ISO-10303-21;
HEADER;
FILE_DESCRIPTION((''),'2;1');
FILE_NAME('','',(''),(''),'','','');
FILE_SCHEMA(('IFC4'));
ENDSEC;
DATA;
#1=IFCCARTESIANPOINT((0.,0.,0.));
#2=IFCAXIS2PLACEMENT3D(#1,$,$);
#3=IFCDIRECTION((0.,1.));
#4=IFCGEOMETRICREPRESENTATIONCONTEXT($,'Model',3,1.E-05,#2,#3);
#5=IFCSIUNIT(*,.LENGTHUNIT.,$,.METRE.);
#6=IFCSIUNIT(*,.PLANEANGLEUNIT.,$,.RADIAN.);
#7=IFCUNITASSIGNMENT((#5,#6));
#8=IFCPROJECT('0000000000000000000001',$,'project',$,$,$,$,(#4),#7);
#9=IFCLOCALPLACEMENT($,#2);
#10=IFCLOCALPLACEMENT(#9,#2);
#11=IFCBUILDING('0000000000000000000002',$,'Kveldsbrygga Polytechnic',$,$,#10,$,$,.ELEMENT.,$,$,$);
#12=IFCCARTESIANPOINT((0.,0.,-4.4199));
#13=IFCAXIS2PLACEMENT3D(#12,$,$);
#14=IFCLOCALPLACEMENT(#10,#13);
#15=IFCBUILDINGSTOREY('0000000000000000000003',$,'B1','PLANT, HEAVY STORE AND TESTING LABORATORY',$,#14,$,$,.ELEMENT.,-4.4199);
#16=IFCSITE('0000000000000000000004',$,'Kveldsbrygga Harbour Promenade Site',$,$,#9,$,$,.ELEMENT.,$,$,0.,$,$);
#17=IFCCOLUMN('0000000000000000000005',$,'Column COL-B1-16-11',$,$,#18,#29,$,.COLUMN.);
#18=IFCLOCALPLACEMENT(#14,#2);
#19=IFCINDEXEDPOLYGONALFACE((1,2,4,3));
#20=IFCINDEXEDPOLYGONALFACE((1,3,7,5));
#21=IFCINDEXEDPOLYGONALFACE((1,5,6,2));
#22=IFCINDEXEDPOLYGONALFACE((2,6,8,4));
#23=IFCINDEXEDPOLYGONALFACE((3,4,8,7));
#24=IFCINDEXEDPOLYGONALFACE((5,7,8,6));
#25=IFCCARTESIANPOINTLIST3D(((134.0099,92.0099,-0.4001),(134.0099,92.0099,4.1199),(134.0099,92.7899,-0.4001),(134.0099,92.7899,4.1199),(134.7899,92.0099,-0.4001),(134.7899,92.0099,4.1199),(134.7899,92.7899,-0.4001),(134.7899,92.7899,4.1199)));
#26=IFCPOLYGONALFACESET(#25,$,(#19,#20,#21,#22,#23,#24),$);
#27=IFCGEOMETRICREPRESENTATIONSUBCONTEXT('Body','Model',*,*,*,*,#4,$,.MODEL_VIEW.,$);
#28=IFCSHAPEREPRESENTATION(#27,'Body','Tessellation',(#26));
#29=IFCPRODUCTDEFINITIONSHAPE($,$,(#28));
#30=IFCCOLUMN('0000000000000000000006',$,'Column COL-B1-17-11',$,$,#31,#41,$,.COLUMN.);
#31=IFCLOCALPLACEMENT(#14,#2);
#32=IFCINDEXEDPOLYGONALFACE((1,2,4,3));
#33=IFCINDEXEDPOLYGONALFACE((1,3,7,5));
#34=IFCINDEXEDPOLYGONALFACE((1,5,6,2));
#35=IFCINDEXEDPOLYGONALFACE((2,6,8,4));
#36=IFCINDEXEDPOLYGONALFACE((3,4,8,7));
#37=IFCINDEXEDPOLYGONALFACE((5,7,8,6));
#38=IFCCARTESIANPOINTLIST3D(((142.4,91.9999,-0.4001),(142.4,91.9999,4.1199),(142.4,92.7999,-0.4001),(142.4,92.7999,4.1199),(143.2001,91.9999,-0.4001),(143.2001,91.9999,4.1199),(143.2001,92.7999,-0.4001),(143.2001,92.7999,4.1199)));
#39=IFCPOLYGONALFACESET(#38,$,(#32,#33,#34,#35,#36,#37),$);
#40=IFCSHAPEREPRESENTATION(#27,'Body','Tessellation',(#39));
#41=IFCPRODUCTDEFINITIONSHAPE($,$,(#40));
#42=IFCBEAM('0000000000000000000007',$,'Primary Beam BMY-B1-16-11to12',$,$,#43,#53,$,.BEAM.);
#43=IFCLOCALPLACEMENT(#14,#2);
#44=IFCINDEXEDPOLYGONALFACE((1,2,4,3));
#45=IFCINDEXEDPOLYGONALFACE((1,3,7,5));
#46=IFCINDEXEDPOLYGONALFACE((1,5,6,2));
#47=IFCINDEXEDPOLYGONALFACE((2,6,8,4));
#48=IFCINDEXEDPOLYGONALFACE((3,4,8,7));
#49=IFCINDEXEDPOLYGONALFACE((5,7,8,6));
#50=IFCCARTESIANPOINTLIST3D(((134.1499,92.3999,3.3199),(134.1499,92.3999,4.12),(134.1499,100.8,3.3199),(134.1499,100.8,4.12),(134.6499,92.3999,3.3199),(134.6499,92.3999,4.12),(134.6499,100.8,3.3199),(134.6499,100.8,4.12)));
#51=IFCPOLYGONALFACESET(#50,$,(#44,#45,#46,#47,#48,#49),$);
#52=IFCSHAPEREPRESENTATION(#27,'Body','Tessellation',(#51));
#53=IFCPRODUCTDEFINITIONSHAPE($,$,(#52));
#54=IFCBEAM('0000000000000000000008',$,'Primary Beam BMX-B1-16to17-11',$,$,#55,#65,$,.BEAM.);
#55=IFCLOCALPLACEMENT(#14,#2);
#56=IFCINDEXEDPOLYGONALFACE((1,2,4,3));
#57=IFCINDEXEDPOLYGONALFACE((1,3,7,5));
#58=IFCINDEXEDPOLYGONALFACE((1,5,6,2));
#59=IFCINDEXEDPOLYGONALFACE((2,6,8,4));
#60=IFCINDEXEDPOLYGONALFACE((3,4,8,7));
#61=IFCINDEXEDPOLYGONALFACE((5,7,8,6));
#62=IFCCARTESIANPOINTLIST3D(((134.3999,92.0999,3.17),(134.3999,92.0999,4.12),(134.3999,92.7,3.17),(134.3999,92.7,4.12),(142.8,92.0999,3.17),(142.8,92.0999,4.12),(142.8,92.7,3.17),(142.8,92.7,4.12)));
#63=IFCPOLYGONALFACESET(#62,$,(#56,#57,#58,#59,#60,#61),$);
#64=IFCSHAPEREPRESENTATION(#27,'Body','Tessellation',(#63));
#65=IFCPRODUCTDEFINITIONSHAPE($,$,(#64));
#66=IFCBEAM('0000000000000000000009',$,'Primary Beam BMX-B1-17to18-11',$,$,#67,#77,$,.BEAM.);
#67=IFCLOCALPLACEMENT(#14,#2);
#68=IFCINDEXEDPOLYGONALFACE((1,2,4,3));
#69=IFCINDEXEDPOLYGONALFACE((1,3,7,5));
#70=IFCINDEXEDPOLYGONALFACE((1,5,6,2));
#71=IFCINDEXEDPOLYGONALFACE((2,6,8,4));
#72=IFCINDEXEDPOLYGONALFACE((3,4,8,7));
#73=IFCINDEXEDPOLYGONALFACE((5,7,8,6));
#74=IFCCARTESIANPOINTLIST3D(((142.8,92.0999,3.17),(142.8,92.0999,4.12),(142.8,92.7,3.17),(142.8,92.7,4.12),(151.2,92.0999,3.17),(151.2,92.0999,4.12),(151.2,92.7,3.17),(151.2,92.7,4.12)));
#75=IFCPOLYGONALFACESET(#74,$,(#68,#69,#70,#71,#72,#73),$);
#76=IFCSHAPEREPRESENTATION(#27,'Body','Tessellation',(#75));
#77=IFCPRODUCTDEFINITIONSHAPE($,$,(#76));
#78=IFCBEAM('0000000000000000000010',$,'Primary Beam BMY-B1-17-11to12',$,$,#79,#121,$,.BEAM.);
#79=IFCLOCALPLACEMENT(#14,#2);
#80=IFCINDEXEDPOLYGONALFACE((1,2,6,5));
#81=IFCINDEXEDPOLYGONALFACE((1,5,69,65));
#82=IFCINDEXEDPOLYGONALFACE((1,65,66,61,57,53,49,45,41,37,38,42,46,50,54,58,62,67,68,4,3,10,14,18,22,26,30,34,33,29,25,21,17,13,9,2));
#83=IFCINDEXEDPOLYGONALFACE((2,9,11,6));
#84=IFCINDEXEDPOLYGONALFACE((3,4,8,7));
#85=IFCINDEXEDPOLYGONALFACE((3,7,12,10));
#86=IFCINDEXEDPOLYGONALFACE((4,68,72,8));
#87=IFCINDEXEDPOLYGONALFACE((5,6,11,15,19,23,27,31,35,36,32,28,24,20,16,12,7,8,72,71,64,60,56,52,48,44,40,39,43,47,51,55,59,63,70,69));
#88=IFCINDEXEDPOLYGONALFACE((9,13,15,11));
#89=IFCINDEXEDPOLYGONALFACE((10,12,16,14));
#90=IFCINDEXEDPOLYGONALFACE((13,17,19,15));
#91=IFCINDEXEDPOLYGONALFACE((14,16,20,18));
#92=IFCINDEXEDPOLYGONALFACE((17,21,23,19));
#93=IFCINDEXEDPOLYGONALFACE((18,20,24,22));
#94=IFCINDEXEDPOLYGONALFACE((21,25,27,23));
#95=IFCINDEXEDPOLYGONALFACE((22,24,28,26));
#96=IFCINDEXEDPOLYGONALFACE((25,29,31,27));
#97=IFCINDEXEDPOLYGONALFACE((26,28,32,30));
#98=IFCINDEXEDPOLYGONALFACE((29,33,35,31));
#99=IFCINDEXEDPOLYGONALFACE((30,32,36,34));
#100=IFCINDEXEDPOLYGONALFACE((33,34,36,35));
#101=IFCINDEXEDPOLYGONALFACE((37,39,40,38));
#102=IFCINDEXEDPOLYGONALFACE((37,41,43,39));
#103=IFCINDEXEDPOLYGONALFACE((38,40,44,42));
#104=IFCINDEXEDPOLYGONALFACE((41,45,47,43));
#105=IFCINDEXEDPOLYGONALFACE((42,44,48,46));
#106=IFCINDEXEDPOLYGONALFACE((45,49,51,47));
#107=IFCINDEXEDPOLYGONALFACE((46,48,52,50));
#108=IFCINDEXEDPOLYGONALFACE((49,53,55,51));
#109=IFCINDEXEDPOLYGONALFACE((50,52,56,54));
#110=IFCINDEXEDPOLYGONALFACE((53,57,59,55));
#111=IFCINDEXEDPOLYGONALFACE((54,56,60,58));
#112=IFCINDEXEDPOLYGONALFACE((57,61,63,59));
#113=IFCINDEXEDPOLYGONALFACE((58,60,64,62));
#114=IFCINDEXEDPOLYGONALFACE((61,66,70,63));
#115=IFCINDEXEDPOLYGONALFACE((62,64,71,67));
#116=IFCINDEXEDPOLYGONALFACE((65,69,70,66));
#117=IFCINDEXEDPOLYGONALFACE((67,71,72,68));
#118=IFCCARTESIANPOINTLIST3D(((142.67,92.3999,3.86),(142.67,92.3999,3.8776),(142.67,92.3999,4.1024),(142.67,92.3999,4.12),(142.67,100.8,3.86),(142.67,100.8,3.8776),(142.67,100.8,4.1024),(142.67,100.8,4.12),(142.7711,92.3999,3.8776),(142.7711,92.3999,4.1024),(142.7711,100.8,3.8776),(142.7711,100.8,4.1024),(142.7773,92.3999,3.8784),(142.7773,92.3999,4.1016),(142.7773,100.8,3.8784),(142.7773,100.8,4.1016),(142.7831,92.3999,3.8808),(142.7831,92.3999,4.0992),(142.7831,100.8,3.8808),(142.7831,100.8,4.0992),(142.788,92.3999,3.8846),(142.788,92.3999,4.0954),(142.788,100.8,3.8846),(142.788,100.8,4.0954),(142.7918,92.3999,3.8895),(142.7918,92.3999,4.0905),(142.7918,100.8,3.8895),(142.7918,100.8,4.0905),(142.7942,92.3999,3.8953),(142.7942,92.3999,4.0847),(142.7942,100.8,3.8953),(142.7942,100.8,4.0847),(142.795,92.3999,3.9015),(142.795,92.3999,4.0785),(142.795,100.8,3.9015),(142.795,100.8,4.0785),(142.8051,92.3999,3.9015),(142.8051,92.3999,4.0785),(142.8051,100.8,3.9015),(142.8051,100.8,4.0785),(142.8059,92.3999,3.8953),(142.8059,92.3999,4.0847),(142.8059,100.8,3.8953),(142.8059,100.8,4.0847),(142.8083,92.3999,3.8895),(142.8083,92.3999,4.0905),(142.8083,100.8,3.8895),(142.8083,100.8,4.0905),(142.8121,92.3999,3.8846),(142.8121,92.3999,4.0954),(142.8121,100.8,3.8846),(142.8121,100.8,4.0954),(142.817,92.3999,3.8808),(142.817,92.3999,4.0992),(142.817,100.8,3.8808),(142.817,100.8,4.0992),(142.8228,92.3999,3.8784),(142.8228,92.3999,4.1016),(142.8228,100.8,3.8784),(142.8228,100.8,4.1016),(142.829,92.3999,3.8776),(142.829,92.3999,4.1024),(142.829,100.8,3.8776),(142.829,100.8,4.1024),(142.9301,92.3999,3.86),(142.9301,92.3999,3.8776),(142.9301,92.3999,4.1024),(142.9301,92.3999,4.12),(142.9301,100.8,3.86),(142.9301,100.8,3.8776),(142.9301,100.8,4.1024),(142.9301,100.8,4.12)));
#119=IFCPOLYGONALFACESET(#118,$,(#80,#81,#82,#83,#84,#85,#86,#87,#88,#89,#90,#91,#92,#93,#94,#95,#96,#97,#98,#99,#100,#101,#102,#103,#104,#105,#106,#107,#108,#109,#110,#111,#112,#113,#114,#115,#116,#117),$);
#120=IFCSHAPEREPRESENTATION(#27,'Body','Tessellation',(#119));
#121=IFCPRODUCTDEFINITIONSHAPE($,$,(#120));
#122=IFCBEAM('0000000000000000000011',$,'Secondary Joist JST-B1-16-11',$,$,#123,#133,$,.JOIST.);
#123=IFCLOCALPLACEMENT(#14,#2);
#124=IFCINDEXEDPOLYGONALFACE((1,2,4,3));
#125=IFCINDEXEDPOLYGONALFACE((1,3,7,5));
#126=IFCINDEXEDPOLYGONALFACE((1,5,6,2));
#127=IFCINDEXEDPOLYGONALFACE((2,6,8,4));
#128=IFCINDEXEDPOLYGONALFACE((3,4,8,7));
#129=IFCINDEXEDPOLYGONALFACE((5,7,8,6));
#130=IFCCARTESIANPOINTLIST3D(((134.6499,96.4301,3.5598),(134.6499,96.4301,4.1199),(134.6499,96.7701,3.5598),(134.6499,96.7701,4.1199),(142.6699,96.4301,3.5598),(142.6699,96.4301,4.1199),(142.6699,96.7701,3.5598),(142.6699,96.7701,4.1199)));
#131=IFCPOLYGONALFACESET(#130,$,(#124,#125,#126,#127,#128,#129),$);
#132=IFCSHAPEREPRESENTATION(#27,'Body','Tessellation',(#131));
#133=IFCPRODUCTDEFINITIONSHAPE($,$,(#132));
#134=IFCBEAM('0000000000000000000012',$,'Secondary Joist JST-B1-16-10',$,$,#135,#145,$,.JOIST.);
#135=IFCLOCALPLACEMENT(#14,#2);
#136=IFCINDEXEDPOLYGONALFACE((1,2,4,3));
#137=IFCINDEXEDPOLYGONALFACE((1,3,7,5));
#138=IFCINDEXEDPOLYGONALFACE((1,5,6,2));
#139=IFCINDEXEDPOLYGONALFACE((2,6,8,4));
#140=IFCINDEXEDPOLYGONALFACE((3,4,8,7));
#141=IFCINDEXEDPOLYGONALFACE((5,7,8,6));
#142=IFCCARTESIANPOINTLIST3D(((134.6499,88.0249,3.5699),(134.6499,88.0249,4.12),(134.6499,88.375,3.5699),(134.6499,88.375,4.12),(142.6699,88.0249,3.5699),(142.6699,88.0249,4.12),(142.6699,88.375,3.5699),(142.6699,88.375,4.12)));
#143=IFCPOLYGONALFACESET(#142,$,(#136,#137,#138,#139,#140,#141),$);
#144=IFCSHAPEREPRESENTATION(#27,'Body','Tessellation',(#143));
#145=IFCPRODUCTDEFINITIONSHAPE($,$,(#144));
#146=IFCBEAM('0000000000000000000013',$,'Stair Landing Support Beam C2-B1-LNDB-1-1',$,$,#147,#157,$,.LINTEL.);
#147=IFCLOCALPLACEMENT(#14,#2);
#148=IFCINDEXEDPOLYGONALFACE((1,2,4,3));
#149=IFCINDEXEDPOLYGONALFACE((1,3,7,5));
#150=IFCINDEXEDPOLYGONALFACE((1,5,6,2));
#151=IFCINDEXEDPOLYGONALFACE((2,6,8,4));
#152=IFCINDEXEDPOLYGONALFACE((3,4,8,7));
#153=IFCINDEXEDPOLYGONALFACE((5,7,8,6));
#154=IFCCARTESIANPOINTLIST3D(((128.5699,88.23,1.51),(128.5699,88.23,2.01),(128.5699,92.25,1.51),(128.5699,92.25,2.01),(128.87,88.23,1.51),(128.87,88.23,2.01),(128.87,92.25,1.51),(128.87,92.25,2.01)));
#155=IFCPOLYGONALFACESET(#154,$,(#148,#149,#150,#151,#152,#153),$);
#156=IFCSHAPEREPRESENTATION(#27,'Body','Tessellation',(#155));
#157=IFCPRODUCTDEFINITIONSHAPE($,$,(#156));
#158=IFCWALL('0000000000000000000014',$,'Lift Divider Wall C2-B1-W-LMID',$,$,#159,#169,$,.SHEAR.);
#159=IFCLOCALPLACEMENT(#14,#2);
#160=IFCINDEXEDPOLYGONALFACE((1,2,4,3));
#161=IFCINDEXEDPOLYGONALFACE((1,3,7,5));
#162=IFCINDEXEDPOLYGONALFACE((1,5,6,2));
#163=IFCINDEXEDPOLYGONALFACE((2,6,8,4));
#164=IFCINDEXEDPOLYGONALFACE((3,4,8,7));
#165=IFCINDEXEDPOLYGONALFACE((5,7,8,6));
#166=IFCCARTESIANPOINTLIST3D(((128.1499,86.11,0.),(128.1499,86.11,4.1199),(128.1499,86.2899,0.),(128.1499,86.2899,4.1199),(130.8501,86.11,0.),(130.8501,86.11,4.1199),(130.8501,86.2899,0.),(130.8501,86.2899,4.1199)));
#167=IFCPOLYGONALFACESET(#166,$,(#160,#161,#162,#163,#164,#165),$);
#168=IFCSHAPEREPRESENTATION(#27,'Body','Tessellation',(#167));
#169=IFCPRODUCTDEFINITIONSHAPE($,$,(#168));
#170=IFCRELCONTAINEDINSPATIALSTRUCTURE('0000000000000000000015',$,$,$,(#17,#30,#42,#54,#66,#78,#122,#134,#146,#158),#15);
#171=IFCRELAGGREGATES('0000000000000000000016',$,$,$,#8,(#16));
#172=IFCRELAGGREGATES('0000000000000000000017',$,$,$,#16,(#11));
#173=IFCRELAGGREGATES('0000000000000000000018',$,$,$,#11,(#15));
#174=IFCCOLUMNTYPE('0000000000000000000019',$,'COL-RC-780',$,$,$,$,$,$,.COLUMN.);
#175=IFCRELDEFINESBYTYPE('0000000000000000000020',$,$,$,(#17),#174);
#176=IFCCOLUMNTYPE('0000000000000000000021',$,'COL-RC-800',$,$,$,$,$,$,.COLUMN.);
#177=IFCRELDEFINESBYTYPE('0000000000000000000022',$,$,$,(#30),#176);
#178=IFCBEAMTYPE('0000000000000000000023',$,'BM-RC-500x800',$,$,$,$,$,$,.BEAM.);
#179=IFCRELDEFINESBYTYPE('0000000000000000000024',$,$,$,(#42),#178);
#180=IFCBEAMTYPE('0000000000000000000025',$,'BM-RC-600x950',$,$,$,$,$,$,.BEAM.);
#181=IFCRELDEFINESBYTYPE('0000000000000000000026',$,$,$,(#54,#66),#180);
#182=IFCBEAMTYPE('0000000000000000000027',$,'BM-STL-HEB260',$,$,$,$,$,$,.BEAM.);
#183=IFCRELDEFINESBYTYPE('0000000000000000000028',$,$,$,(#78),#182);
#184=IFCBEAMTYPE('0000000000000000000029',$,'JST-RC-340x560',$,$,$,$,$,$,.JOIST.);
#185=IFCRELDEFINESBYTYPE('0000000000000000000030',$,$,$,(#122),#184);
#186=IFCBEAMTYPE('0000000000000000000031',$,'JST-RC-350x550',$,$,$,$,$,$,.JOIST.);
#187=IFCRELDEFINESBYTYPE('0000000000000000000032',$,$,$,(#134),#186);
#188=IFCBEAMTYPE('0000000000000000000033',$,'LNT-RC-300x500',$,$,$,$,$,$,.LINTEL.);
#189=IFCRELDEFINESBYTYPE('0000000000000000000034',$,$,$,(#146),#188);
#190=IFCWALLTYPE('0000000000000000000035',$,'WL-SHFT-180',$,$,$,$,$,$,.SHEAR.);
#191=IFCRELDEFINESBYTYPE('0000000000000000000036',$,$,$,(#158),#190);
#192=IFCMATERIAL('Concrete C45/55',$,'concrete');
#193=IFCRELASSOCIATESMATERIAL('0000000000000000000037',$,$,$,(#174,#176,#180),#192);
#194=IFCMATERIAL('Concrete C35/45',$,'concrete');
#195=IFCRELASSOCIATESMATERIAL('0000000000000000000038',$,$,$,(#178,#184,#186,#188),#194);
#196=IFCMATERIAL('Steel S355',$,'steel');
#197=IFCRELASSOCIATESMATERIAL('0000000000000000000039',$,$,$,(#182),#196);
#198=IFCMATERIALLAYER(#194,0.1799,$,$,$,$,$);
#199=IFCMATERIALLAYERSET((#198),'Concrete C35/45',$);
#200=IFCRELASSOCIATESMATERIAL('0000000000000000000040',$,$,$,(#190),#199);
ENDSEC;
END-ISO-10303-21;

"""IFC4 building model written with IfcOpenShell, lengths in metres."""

from ifc_helpers import new_model, si_unit, direction, frame, frame_2d, origin, origin_2d, place, context, subcontext, project, spatial, rectangle, i_section, extrude, material, layer, layer_set, material_profile, profile_set, type_object, element, save


model = new_model("IFC4")

# Units and contexts
model_context = context("Model", 3, precision=1e-05, world=origin(), true_north=direction((0.0, 1.0)))
body_context = subcontext(model_context, "Body", "Model", "MODEL_VIEW")
ifc_project = project(units=[si_unit("LENGTHUNIT", "METRE"), si_unit("PLANEANGLEUNIT", "RADIAN")], contexts=[model_context])

# Site, building, storey
site_placement = place(None, origin())
site = spatial("IfcSite", under=ifc_project, at=site_placement, Name="Kveldsbrygga Harbour Promenade Site", CompositionType="ELEMENT", RefElevation=0.0)
building_placement = place(site_placement, origin())
building = spatial("IfcBuilding", under=site, at=building_placement, Name="Kveldsbrygga Polytechnic", CompositionType="ELEMENT")
storey_placement = place(building_placement, frame((0.0, 0.0, -4.4199)))
storey = spatial("IfcBuildingStorey", under=building, at=storey_placement, Name="B1", Description="PLANT, HEAVY STORE AND TESTING LABORATORY", CompositionType="ELEMENT", Elevation=-4.4199)

# Shared definitions
ifc_material_1 = material(Name="Concrete C45/55", Category="concrete")

# Columns
ifc_material_profile_1 = material_profile(ifc_material_1, rectangle(XDim=0.78, YDim=0.78, at=origin_2d()), Name="RC 780x780")
ifc_profile_set_1 = profile_set([ifc_material_profile_1], Name="Concrete C45/55")
column_type_1 = type_object("IfcColumnType", Name="COL-RC-780", PredefinedType="COLUMN", material=ifc_profile_set_1)
column_1_placement = place(storey_placement, frame((134.3999, 92.3999, -0.4001), z_axis=(0.0, 0.0, 1.0), x_axis=(1.0, 0.0, 0.0)))
element("IfcColumn", 1, at=column_1_placement, inside=storey, type_object=column_type_1, Name="Column COL-B1-16-11", PredefinedType="COLUMN", context=body_context, shape_type="SweptSolid", body=[
    extrude(rectangle(XDim=0.78, YDim=0.78, at=origin_2d()), origin(), (0.0, 0.0, 1.0), 4.52),
])
ifc_material_profile_2 = material_profile(ifc_material_1, rectangle(XDim=0.8, YDim=0.8, at=origin_2d()), Name="RC 800x800")
ifc_profile_set_2 = profile_set([ifc_material_profile_2], Name="Concrete C45/55")
column_type_2 = type_object("IfcColumnType", Name="COL-RC-800", PredefinedType="COLUMN", material=ifc_profile_set_2)
column_2_placement = place(storey_placement, frame((142.8, 92.3999, -0.4001), z_axis=(0.0, 0.0, 1.0), x_axis=(1.0, 0.0, 0.0)))
element("IfcColumn", 2, at=column_2_placement, inside=storey, type_object=column_type_2, Name="Column COL-B1-17-11", PredefinedType="COLUMN", context=body_context, shape_type="SweptSolid", body=[
    extrude(rectangle(XDim=0.8, YDim=0.8, at=origin_2d()), origin(), (0.0, 0.0, 1.0), 4.52),
])

# Beams
ifc_material_2 = material(Name="Concrete C35/45", Category="concrete")
ifc_material_profile_3 = material_profile(ifc_material_2, rectangle(XDim=0.5, YDim=0.8, at=origin_2d()), Name="RC 500x800")
ifc_profile_set_3 = profile_set([ifc_material_profile_3], Name="Concrete C35/45")
beam_type_1 = type_object("IfcBeamType", Name="BM-RC-500x800", PredefinedType="BEAM", material=ifc_profile_set_3)
beam_1_placement = place(storey_placement, frame((134.3999, 92.3999, 3.72), z_axis=(0.0, 1.0, 0.0), x_axis=(-1.0, 0.0, 0.0)))
element("IfcBeam", 3, at=beam_1_placement, inside=storey, type_object=beam_type_1, Name="Primary Beam BMY-B1-16-11to12", PredefinedType="BEAM", context=body_context, shape_type="SweptSolid", body=[
    extrude(rectangle(XDim=0.5, YDim=0.8, at=origin_2d()), origin(), (0.0, 0.0, 1.0), 8.4001),
])
ifc_material_profile_4 = material_profile(ifc_material_1, rectangle(XDim=0.6001, YDim=0.95, at=origin_2d()), Name="RC 600x950")
ifc_profile_set_4 = profile_set([ifc_material_profile_4], Name="Concrete C45/55")
beam_type_2 = type_object("IfcBeamType", Name="BM-RC-600x950", PredefinedType="BEAM", material=ifc_profile_set_4)
beam_2_placement = place(storey_placement, frame((134.3999, 92.3999, 3.645), z_axis=(1.0, 0.0, 0.0), x_axis=(0.0, 1.0, 0.0)))
element("IfcBeam", 4, at=beam_2_placement, inside=storey, type_object=beam_type_2, Name="Primary Beam BMX-B1-16to17-11", PredefinedType="BEAM", context=body_context, shape_type="SweptSolid", body=[
    extrude(rectangle(XDim=0.6001, YDim=0.95, at=origin_2d()), origin(), (0.0, 0.0, 1.0), 8.4001),
])
beam_3_placement = place(storey_placement, frame((142.8, 92.3999, 3.645), z_axis=(1.0, 0.0, 0.0), x_axis=(0.0, 1.0, 0.0)))
element("IfcBeam", 5, at=beam_3_placement, inside=storey, type_object=beam_type_2, Name="Primary Beam BMX-B1-17to18-11", PredefinedType="BEAM", context=body_context, shape_type="SweptSolid", body=[
    extrude(rectangle(XDim=0.6001, YDim=0.95, at=origin_2d()), origin(), (0.0, 0.0, 1.0), 8.3999),
])
ifc_material_3 = material(Name="Steel S355", Category="steel")
ifc_material_profile_5 = material_profile(ifc_material_3, i_section(OverallWidth=0.26, OverallDepth=0.26, WebThickness=0.01, FlangeThickness=0.0176, FilletRadius=0.0239, at=origin_2d()), Name="HEB 260")
ifc_profile_set_5 = profile_set([ifc_material_profile_5], Name="Steel S355")
beam_type_3 = type_object("IfcBeamType", Name="BM-STL-HEB260", PredefinedType="BEAM", material=ifc_profile_set_5)
beam_4_placement = place(storey_placement, frame((142.8, 92.3999, 3.99), z_axis=(0.0, 1.0, 0.0), x_axis=(-1.0, 0.0, 0.0)))
element("IfcBeam", 6, at=beam_4_placement, inside=storey, type_object=beam_type_3, Name="Primary Beam BMY-B1-17-11to12", PredefinedType="BEAM", context=body_context, shape_type="SweptSolid", body=[
    extrude(i_section(OverallWidth=0.26, OverallDepth=0.26, WebThickness=0.01, FlangeThickness=0.0176, FilletRadius=0.0239, at=origin_2d()), origin(), (0.0, 0.0, 1.0), 8.4001),
])
ifc_material_profile_6 = material_profile(ifc_material_2, rectangle(XDim=0.3401, YDim=0.5601, at=origin_2d()), Name="RC 340x560")
ifc_profile_set_6 = profile_set([ifc_material_profile_6], Name="Concrete C35/45")
beam_type_4 = type_object("IfcBeamType", Name="JST-RC-340x560", PredefinedType="JOIST", material=ifc_profile_set_6)
beam_5_placement = place(storey_placement, frame((134.6499, 96.6001, 3.8398), z_axis=(1.0, 0.0, 0.0), x_axis=(0.0, 1.0, 0.0)))
element("IfcBeam", 7, at=beam_5_placement, inside=storey, type_object=beam_type_4, Name="Secondary Joist JST-B1-16-11", PredefinedType="JOIST", context=body_context, shape_type="SweptSolid", body=[
    extrude(rectangle(XDim=0.3401, YDim=0.5601, at=origin_2d()), origin(), (0.0, 0.0, 1.0), 8.02),
])
ifc_material_profile_7 = material_profile(ifc_material_2, rectangle(XDim=0.3501, YDim=0.55, at=origin_2d()), Name="RC 350x550")
ifc_profile_set_7 = profile_set([ifc_material_profile_7], Name="Concrete C35/45")
beam_type_5 = type_object("IfcBeamType", Name="JST-RC-350x550", PredefinedType="JOIST", material=ifc_profile_set_7)
beam_6_placement = place(storey_placement, frame((134.6499, 88.2, 3.845), z_axis=(1.0, 0.0, 0.0), x_axis=(0.0, 1.0, 0.0)))
element("IfcBeam", 8, at=beam_6_placement, inside=storey, type_object=beam_type_5, Name="Secondary Joist JST-B1-16-10", PredefinedType="JOIST", context=body_context, shape_type="SweptSolid", body=[
    extrude(rectangle(XDim=0.3501, YDim=0.55, at=origin_2d()), origin(), (0.0, 0.0, 1.0), 8.02),
])
ifc_material_profile_8 = material_profile(ifc_material_2, rectangle(XDim=0.3, YDim=0.5, at=origin_2d()), Name="RC 300x500")
ifc_profile_set_8 = profile_set([ifc_material_profile_8], Name="Concrete C35/45")
beam_type_6 = type_object("IfcBeamType", Name="LNT-RC-300x500", PredefinedType="LINTEL", material=ifc_profile_set_8)
beam_7_placement = place(storey_placement, frame((128.72, 88.23, 1.76), z_axis=(0.0, 1.0, 0.0), x_axis=(-1.0, 0.0, 0.0)))
element("IfcBeam", 9, at=beam_7_placement, inside=storey, type_object=beam_type_6, Name="Stair Landing Support Beam C2-B1-LNDB-1-1", PredefinedType="LINTEL", context=body_context, shape_type="SweptSolid", body=[
    extrude(rectangle(XDim=0.3, YDim=0.5, at=origin_2d()), origin(), (0.0, 0.0, 1.0), 4.02),
])

# Wall
ifc_layer = layer(ifc_material_2, 0.1799)
ifc_layer_set = layer_set([ifc_layer], Name="Concrete C35/45")
wall_type = type_object("IfcWallType", Name="WL-SHFT-180", PredefinedType="SHEAR", material=ifc_layer_set)
wall_placement = place(storey_placement, frame((128.1499, 86.2, 0.0), z_axis=(0.0, 0.0, 1.0), x_axis=(1.0, 0.0, 0.0)))
element("IfcWall", 10, at=wall_placement, inside=storey, type_object=wall_type, Name="Lift Divider Wall C2-B1-W-LMID", PredefinedType="SHEAR", context=body_context, shape_type="SweptSolid", body=[
    extrude(rectangle(XDim=2.7002, YDim=0.1799, at=frame_2d((1.3501, 0.0))), origin(), (0.0, 0.0, 1.0), 4.1199),
])

save(model, "model.ifc")
